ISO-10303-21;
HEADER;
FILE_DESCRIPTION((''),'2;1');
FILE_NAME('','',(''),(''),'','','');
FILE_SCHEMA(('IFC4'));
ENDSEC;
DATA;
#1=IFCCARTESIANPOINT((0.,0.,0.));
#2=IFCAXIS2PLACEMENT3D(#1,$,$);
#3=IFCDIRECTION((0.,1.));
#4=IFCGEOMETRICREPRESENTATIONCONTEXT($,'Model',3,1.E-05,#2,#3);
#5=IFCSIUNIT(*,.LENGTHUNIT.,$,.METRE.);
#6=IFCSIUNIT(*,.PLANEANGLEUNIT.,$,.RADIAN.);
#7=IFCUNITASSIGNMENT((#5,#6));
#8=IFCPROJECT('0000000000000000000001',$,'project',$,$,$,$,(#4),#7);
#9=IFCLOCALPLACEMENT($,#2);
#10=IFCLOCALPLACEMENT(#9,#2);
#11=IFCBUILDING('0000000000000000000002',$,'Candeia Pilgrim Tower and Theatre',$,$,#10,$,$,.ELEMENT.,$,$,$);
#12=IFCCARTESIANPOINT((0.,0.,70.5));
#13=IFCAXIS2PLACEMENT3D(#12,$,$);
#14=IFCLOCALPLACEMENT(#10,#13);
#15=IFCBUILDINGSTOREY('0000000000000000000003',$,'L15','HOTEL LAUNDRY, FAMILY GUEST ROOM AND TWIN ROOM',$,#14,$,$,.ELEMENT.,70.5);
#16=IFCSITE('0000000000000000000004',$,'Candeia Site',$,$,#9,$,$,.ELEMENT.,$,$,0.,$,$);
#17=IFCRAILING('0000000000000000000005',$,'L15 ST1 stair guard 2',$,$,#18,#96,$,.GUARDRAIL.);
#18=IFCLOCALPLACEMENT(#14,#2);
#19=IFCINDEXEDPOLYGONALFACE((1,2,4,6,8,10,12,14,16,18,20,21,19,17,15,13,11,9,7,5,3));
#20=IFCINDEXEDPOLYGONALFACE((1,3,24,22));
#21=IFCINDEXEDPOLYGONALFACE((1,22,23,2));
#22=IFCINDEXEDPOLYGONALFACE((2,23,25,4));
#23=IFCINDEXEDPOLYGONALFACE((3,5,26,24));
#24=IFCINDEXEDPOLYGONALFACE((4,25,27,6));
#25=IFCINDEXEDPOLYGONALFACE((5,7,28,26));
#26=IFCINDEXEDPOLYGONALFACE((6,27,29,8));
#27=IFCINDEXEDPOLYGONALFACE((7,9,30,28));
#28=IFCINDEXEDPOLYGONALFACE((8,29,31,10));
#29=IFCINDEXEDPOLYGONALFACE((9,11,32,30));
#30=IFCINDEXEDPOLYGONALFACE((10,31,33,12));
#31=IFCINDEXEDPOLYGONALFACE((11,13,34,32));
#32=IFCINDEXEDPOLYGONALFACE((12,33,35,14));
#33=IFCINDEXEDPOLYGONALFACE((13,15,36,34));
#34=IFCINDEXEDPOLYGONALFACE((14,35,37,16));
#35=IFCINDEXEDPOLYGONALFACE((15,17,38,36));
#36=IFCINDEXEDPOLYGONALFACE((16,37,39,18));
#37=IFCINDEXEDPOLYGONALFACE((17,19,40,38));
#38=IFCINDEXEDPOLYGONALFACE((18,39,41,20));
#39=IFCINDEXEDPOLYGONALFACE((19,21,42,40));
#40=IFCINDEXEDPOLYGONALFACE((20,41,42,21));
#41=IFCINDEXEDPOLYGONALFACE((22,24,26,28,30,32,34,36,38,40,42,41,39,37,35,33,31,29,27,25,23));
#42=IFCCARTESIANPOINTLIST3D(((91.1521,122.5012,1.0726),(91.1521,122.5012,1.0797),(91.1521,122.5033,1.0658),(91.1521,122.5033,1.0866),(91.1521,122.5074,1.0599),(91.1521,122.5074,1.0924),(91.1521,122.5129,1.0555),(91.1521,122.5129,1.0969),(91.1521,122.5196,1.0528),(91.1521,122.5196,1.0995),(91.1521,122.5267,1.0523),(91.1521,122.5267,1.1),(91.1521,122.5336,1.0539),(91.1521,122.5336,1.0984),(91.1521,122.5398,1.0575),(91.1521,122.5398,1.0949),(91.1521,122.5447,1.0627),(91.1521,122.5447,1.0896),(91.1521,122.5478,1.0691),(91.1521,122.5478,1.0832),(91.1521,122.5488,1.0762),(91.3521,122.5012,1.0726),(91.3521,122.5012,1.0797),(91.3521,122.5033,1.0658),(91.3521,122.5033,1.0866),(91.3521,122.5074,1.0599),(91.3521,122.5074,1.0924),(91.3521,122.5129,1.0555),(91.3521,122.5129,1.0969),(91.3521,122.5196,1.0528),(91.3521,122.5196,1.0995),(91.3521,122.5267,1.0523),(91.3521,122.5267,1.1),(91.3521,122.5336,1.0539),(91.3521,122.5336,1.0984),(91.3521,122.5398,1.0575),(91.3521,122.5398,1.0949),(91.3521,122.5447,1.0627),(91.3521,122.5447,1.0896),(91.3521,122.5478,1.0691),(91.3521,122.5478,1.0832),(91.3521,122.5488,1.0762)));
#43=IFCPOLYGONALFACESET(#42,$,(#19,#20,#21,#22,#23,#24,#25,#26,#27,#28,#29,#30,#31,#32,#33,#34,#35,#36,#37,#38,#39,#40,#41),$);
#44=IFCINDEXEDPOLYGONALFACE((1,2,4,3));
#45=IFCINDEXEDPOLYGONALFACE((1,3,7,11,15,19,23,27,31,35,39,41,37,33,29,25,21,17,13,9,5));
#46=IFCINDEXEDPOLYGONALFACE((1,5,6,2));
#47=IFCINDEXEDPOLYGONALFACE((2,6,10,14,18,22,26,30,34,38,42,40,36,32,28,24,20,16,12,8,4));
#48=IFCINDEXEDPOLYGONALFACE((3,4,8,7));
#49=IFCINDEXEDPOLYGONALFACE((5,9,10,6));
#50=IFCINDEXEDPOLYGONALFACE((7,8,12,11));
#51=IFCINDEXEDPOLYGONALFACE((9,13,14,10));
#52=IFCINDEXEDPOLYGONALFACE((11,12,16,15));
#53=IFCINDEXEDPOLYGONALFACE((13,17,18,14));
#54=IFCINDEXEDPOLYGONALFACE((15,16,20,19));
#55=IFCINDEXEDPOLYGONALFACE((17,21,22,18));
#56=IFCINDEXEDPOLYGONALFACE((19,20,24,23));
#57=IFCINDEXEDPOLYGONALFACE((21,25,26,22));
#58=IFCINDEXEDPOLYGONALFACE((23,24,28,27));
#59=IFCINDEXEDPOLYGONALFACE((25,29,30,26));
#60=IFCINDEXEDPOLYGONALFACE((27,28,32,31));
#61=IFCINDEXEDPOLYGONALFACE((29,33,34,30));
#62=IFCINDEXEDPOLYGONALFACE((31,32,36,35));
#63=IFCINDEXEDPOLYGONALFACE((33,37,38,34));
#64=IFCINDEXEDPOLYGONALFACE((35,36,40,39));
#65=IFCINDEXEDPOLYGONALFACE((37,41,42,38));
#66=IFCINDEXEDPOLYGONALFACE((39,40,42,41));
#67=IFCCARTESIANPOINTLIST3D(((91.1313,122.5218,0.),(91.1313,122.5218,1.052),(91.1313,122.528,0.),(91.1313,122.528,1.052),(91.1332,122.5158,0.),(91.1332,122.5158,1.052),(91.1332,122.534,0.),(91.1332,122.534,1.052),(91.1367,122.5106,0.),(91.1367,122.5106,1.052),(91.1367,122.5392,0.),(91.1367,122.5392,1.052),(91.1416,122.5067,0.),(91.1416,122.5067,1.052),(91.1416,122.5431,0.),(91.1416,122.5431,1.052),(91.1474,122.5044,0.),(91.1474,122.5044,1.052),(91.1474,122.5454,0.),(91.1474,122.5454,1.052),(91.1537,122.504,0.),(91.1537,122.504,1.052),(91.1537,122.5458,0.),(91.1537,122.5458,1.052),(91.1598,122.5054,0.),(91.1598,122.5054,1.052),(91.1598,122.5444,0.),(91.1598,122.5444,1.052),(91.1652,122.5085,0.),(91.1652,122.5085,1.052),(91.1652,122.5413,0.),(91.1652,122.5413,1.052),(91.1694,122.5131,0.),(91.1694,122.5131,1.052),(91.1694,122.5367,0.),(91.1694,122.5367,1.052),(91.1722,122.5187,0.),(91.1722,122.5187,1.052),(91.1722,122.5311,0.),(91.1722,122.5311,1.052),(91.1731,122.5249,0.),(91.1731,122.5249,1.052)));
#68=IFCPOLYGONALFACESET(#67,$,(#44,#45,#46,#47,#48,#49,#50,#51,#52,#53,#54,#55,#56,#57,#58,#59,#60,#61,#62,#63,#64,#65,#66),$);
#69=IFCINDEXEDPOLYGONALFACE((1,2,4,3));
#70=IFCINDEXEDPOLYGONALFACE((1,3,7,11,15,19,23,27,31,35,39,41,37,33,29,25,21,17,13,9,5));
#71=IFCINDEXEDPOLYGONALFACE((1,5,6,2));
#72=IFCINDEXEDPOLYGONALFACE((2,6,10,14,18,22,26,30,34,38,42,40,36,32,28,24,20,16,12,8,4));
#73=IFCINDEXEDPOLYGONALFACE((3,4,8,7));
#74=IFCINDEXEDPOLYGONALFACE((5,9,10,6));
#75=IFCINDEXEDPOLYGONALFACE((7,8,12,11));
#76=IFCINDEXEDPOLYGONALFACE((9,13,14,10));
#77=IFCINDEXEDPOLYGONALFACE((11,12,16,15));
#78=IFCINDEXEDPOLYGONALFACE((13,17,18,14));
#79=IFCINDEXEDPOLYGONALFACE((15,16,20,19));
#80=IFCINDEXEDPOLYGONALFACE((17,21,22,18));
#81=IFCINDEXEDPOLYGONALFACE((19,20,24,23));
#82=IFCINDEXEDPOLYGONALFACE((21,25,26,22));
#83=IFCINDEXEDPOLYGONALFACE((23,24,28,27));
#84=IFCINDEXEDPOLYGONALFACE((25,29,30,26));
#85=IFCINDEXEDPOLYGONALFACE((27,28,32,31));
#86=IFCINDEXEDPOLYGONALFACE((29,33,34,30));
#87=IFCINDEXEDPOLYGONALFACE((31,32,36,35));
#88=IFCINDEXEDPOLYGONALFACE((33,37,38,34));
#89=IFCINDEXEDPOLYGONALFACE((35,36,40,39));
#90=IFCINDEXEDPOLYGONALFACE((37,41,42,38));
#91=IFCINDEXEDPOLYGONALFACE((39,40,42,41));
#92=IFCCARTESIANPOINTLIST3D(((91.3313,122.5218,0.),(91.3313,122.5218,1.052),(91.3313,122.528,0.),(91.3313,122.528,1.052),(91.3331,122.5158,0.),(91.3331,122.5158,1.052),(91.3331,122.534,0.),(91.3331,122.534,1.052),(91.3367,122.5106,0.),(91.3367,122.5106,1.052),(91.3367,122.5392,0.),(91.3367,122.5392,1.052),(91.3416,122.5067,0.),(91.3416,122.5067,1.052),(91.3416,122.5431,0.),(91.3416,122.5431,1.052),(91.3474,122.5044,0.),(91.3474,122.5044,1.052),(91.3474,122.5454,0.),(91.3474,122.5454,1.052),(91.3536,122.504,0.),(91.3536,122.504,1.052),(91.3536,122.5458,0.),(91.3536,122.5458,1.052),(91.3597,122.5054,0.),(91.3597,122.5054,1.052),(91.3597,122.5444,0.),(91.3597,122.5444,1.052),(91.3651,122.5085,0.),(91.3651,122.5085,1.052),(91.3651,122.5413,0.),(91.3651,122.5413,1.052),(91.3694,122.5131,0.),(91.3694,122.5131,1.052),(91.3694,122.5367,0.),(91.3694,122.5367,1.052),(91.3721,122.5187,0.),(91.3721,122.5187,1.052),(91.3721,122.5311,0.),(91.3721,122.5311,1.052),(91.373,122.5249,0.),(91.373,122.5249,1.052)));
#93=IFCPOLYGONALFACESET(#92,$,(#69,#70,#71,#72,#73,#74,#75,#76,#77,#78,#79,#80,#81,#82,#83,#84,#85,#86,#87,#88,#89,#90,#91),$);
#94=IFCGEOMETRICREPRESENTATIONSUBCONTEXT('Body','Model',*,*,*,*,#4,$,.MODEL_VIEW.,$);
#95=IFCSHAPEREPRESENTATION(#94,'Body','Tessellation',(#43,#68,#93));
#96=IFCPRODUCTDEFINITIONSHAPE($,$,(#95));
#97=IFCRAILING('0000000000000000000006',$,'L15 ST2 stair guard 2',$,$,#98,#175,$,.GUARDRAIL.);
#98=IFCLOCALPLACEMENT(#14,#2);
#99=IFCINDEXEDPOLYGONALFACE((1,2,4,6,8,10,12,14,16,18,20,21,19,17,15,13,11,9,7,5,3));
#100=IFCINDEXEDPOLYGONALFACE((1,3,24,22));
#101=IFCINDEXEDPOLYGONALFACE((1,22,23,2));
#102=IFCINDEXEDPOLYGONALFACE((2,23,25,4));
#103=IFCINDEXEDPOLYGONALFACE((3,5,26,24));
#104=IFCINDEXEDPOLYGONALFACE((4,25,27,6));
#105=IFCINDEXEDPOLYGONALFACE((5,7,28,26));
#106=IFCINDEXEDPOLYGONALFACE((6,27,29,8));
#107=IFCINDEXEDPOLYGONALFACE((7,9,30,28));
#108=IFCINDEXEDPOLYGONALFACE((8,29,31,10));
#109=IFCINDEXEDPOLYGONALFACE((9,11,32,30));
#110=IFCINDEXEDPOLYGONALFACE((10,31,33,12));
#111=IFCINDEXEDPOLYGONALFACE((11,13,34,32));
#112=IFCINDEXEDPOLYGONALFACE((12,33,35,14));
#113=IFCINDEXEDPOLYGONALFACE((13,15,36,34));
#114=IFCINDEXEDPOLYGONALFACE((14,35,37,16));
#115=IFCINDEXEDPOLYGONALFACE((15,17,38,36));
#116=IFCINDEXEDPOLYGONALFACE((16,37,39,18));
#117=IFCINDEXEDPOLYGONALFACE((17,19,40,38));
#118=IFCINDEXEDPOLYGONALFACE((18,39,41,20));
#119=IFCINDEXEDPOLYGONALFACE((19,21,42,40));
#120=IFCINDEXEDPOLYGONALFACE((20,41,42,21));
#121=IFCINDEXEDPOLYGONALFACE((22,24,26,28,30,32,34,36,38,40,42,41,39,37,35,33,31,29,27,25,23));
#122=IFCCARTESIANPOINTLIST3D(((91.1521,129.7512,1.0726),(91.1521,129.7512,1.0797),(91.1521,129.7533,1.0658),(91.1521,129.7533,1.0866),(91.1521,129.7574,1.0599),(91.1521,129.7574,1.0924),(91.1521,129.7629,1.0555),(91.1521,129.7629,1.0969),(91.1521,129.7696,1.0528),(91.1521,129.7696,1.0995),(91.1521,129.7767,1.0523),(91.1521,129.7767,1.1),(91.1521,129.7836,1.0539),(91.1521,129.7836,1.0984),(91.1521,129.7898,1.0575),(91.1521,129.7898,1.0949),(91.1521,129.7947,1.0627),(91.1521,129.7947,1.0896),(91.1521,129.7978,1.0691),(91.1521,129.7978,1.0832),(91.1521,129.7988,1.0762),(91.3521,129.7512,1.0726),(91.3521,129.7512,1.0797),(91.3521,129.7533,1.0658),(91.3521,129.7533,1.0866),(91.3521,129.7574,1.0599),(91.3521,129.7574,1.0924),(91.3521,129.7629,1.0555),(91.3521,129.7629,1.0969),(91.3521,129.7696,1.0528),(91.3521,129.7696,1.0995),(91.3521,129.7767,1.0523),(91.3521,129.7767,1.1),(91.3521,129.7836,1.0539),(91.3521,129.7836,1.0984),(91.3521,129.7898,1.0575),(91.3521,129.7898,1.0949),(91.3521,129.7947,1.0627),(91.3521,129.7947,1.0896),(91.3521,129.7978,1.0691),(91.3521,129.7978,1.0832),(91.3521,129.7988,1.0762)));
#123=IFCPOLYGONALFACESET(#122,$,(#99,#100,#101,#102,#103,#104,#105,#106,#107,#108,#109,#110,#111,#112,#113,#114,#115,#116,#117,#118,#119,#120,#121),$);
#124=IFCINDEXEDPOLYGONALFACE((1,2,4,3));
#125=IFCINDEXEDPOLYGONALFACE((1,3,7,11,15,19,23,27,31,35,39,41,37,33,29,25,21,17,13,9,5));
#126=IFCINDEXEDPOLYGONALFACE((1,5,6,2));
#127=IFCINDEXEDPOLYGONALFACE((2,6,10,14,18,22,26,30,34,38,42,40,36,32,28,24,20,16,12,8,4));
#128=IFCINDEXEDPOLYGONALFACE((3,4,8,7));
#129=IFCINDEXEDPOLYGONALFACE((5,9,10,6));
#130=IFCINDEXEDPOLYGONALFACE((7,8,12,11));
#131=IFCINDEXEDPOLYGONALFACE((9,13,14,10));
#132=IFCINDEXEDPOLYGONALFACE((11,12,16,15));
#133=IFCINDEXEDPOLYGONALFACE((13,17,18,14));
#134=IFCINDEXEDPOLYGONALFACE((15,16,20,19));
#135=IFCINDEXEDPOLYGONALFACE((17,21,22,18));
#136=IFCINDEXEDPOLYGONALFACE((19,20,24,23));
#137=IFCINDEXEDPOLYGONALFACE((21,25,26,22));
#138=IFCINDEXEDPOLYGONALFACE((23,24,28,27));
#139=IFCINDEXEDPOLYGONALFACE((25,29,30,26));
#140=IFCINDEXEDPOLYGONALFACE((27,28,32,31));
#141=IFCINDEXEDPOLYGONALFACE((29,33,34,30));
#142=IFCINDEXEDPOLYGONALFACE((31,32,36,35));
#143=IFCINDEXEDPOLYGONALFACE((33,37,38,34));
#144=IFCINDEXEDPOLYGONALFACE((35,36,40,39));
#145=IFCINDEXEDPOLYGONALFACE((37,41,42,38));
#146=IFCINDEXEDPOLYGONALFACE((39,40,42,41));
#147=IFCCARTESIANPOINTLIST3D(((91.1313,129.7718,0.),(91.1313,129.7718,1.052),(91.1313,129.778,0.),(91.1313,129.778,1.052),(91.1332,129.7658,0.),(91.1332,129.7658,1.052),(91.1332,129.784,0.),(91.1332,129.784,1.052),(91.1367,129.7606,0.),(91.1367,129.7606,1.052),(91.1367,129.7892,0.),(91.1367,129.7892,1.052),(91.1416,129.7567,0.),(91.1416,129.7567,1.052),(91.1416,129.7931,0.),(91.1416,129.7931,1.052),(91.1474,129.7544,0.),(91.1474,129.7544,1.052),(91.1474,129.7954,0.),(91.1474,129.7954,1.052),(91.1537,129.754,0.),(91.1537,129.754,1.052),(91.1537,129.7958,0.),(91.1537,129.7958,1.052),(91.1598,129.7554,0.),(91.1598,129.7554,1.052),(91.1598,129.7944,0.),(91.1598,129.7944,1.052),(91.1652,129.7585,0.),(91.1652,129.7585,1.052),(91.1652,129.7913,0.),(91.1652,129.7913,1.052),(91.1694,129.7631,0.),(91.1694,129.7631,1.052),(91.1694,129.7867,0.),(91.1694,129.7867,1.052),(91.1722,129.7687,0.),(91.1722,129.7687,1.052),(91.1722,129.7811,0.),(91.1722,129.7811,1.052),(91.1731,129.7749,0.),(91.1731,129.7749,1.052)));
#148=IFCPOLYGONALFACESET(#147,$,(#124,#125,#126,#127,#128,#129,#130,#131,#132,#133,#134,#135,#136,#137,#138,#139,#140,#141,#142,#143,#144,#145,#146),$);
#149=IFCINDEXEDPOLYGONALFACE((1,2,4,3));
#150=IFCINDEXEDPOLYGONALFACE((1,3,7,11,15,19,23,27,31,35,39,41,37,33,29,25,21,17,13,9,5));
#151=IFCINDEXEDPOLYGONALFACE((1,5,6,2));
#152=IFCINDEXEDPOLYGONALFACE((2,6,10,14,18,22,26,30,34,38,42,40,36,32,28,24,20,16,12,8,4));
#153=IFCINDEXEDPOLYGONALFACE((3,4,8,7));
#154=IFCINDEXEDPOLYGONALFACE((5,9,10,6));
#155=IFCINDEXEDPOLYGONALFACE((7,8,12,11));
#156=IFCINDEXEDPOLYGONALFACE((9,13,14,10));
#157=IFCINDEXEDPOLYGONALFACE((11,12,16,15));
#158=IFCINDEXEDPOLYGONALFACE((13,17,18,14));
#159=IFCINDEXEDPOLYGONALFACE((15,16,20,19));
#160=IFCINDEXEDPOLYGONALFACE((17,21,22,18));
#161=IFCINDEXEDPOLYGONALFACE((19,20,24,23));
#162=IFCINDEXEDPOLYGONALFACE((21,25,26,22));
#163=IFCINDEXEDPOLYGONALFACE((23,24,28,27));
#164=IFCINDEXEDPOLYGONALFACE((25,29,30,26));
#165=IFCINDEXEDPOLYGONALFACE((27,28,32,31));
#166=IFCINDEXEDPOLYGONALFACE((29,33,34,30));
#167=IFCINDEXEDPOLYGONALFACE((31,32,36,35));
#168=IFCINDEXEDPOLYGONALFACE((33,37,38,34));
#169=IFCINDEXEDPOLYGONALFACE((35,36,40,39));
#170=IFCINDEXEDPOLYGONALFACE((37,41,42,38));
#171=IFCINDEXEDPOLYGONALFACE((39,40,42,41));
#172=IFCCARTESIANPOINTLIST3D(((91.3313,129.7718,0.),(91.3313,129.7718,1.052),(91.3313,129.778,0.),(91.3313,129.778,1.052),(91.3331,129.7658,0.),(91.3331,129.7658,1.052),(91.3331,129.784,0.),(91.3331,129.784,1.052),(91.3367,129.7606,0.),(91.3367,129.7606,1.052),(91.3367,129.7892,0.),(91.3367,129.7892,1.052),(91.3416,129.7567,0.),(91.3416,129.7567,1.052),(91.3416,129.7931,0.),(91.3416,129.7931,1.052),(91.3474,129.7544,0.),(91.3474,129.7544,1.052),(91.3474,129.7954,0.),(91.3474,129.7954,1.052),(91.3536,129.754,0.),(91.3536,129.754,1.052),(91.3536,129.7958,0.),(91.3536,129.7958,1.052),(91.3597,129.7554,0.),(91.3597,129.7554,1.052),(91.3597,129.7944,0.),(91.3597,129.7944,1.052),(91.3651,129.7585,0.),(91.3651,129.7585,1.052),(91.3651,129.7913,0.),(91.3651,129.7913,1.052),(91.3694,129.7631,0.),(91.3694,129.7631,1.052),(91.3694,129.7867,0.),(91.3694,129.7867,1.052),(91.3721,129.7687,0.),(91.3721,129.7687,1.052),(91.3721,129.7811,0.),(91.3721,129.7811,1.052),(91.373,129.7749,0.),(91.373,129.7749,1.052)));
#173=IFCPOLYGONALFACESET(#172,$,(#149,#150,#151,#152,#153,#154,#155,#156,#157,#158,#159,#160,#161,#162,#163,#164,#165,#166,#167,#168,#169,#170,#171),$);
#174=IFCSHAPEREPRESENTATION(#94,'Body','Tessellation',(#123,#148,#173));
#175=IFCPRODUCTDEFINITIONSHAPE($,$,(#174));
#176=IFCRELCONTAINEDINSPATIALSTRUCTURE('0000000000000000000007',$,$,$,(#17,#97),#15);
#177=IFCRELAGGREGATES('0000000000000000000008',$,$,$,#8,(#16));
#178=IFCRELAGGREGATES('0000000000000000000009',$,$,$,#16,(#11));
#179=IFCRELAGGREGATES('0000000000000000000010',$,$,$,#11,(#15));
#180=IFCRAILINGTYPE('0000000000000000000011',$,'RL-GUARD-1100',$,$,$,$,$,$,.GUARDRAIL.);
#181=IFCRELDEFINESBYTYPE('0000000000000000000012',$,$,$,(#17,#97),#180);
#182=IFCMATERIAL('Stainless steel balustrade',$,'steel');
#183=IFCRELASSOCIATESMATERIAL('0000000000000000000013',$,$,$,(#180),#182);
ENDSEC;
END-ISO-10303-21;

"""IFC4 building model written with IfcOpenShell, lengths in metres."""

from ifc_helpers import new_model, si_unit, direction, frame, origin, origin_2d, place, context, subcontext, project, spatial, circle, extrude, material, type_object, element, save


model = new_model("IFC4")

# Units and contexts
model_context = context("Model", 3, precision=1e-05, world=origin(), true_north=direction((0.0, 1.0)))
body_context = subcontext(model_context, "Body", "Model", "MODEL_VIEW")
ifc_project = project(units=[si_unit("LENGTHUNIT", "METRE"), si_unit("PLANEANGLEUNIT", "RADIAN")], contexts=[model_context])

# Site, building, storey
site_placement = place(None, origin())
site = spatial("IfcSite", under=ifc_project, at=site_placement, Name="Candeia Site", CompositionType="ELEMENT", RefElevation=0.0)
building_placement = place(site_placement, origin())
building = spatial("IfcBuilding", under=site, at=building_placement, Name="Candeia Pilgrim Tower and Theatre", CompositionType="ELEMENT")
storey_placement = place(building_placement, frame((0.0, 0.0, 70.5)))
storey = spatial("IfcBuildingStorey", under=building, at=storey_placement, Name="L15", Description="HOTEL LAUNDRY, FAMILY GUEST ROOM AND TWIN ROOM", CompositionType="ELEMENT", Elevation=70.5)

# Shared definitions
ifc_material_1 = material(Name="Stainless steel balustrade", Category="steel")

# Railings
railing_type_1 = type_object("IfcRailingType", Name="RL-GUARD-1100", PredefinedType="GUARDRAIL", material=ifc_material_1)
railing_1_placement = place(storey_placement, frame((91.1521, 122.5249, 0.0)))
element("IfcRailing", 1, at=railing_1_placement, inside=storey, type_object=railing_type_1, Name="L15 ST1 stair guard 2", PredefinedType="GUARDRAIL", context=body_context, shape_type="SweptSolid", body=[
    extrude(circle(Radius=0.0239, at=origin_2d()), frame((0.0, 0.0, 1.0762), z_axis=(1.0, 0.0, 0.0), x_axis=(0.0, 1.0, 0.0)), (0.0, 0.0, 1.0), 0.2),
    extrude(circle(Radius=0.021, at=origin_2d()), origin(), (0.0, 0.0, 1.0), 1.052),
    extrude(circle(Radius=0.021, at=origin_2d()), frame((0.2, 0.0, 0.0)), (0.0, 0.0, 1.0), 1.052),
])
railing_2_placement = place(storey_placement, frame((91.1521, 129.7749, 0.0)))
element("IfcRailing", 2, at=railing_2_placement, inside=storey, type_object=railing_type_1, Name="L15 ST2 stair guard 2", PredefinedType="GUARDRAIL", context=body_context, shape_type="SweptSolid", body=[
    extrude(circle(Radius=0.0239, at=origin_2d()), frame((0.0, 0.0, 1.0762), z_axis=(1.0, 0.0, 0.0), x_axis=(0.0, 1.0, 0.0)), (0.0, 0.0, 1.0), 0.2),
    extrude(circle(Radius=0.021, at=origin_2d()), origin(), (0.0, 0.0, 1.0), 1.052),
    extrude(circle(Radius=0.021, at=origin_2d()), frame((0.2, 0.0, 0.0)), (0.0, 0.0, 1.0), 1.052),
])

save(model, "model.ifc")
